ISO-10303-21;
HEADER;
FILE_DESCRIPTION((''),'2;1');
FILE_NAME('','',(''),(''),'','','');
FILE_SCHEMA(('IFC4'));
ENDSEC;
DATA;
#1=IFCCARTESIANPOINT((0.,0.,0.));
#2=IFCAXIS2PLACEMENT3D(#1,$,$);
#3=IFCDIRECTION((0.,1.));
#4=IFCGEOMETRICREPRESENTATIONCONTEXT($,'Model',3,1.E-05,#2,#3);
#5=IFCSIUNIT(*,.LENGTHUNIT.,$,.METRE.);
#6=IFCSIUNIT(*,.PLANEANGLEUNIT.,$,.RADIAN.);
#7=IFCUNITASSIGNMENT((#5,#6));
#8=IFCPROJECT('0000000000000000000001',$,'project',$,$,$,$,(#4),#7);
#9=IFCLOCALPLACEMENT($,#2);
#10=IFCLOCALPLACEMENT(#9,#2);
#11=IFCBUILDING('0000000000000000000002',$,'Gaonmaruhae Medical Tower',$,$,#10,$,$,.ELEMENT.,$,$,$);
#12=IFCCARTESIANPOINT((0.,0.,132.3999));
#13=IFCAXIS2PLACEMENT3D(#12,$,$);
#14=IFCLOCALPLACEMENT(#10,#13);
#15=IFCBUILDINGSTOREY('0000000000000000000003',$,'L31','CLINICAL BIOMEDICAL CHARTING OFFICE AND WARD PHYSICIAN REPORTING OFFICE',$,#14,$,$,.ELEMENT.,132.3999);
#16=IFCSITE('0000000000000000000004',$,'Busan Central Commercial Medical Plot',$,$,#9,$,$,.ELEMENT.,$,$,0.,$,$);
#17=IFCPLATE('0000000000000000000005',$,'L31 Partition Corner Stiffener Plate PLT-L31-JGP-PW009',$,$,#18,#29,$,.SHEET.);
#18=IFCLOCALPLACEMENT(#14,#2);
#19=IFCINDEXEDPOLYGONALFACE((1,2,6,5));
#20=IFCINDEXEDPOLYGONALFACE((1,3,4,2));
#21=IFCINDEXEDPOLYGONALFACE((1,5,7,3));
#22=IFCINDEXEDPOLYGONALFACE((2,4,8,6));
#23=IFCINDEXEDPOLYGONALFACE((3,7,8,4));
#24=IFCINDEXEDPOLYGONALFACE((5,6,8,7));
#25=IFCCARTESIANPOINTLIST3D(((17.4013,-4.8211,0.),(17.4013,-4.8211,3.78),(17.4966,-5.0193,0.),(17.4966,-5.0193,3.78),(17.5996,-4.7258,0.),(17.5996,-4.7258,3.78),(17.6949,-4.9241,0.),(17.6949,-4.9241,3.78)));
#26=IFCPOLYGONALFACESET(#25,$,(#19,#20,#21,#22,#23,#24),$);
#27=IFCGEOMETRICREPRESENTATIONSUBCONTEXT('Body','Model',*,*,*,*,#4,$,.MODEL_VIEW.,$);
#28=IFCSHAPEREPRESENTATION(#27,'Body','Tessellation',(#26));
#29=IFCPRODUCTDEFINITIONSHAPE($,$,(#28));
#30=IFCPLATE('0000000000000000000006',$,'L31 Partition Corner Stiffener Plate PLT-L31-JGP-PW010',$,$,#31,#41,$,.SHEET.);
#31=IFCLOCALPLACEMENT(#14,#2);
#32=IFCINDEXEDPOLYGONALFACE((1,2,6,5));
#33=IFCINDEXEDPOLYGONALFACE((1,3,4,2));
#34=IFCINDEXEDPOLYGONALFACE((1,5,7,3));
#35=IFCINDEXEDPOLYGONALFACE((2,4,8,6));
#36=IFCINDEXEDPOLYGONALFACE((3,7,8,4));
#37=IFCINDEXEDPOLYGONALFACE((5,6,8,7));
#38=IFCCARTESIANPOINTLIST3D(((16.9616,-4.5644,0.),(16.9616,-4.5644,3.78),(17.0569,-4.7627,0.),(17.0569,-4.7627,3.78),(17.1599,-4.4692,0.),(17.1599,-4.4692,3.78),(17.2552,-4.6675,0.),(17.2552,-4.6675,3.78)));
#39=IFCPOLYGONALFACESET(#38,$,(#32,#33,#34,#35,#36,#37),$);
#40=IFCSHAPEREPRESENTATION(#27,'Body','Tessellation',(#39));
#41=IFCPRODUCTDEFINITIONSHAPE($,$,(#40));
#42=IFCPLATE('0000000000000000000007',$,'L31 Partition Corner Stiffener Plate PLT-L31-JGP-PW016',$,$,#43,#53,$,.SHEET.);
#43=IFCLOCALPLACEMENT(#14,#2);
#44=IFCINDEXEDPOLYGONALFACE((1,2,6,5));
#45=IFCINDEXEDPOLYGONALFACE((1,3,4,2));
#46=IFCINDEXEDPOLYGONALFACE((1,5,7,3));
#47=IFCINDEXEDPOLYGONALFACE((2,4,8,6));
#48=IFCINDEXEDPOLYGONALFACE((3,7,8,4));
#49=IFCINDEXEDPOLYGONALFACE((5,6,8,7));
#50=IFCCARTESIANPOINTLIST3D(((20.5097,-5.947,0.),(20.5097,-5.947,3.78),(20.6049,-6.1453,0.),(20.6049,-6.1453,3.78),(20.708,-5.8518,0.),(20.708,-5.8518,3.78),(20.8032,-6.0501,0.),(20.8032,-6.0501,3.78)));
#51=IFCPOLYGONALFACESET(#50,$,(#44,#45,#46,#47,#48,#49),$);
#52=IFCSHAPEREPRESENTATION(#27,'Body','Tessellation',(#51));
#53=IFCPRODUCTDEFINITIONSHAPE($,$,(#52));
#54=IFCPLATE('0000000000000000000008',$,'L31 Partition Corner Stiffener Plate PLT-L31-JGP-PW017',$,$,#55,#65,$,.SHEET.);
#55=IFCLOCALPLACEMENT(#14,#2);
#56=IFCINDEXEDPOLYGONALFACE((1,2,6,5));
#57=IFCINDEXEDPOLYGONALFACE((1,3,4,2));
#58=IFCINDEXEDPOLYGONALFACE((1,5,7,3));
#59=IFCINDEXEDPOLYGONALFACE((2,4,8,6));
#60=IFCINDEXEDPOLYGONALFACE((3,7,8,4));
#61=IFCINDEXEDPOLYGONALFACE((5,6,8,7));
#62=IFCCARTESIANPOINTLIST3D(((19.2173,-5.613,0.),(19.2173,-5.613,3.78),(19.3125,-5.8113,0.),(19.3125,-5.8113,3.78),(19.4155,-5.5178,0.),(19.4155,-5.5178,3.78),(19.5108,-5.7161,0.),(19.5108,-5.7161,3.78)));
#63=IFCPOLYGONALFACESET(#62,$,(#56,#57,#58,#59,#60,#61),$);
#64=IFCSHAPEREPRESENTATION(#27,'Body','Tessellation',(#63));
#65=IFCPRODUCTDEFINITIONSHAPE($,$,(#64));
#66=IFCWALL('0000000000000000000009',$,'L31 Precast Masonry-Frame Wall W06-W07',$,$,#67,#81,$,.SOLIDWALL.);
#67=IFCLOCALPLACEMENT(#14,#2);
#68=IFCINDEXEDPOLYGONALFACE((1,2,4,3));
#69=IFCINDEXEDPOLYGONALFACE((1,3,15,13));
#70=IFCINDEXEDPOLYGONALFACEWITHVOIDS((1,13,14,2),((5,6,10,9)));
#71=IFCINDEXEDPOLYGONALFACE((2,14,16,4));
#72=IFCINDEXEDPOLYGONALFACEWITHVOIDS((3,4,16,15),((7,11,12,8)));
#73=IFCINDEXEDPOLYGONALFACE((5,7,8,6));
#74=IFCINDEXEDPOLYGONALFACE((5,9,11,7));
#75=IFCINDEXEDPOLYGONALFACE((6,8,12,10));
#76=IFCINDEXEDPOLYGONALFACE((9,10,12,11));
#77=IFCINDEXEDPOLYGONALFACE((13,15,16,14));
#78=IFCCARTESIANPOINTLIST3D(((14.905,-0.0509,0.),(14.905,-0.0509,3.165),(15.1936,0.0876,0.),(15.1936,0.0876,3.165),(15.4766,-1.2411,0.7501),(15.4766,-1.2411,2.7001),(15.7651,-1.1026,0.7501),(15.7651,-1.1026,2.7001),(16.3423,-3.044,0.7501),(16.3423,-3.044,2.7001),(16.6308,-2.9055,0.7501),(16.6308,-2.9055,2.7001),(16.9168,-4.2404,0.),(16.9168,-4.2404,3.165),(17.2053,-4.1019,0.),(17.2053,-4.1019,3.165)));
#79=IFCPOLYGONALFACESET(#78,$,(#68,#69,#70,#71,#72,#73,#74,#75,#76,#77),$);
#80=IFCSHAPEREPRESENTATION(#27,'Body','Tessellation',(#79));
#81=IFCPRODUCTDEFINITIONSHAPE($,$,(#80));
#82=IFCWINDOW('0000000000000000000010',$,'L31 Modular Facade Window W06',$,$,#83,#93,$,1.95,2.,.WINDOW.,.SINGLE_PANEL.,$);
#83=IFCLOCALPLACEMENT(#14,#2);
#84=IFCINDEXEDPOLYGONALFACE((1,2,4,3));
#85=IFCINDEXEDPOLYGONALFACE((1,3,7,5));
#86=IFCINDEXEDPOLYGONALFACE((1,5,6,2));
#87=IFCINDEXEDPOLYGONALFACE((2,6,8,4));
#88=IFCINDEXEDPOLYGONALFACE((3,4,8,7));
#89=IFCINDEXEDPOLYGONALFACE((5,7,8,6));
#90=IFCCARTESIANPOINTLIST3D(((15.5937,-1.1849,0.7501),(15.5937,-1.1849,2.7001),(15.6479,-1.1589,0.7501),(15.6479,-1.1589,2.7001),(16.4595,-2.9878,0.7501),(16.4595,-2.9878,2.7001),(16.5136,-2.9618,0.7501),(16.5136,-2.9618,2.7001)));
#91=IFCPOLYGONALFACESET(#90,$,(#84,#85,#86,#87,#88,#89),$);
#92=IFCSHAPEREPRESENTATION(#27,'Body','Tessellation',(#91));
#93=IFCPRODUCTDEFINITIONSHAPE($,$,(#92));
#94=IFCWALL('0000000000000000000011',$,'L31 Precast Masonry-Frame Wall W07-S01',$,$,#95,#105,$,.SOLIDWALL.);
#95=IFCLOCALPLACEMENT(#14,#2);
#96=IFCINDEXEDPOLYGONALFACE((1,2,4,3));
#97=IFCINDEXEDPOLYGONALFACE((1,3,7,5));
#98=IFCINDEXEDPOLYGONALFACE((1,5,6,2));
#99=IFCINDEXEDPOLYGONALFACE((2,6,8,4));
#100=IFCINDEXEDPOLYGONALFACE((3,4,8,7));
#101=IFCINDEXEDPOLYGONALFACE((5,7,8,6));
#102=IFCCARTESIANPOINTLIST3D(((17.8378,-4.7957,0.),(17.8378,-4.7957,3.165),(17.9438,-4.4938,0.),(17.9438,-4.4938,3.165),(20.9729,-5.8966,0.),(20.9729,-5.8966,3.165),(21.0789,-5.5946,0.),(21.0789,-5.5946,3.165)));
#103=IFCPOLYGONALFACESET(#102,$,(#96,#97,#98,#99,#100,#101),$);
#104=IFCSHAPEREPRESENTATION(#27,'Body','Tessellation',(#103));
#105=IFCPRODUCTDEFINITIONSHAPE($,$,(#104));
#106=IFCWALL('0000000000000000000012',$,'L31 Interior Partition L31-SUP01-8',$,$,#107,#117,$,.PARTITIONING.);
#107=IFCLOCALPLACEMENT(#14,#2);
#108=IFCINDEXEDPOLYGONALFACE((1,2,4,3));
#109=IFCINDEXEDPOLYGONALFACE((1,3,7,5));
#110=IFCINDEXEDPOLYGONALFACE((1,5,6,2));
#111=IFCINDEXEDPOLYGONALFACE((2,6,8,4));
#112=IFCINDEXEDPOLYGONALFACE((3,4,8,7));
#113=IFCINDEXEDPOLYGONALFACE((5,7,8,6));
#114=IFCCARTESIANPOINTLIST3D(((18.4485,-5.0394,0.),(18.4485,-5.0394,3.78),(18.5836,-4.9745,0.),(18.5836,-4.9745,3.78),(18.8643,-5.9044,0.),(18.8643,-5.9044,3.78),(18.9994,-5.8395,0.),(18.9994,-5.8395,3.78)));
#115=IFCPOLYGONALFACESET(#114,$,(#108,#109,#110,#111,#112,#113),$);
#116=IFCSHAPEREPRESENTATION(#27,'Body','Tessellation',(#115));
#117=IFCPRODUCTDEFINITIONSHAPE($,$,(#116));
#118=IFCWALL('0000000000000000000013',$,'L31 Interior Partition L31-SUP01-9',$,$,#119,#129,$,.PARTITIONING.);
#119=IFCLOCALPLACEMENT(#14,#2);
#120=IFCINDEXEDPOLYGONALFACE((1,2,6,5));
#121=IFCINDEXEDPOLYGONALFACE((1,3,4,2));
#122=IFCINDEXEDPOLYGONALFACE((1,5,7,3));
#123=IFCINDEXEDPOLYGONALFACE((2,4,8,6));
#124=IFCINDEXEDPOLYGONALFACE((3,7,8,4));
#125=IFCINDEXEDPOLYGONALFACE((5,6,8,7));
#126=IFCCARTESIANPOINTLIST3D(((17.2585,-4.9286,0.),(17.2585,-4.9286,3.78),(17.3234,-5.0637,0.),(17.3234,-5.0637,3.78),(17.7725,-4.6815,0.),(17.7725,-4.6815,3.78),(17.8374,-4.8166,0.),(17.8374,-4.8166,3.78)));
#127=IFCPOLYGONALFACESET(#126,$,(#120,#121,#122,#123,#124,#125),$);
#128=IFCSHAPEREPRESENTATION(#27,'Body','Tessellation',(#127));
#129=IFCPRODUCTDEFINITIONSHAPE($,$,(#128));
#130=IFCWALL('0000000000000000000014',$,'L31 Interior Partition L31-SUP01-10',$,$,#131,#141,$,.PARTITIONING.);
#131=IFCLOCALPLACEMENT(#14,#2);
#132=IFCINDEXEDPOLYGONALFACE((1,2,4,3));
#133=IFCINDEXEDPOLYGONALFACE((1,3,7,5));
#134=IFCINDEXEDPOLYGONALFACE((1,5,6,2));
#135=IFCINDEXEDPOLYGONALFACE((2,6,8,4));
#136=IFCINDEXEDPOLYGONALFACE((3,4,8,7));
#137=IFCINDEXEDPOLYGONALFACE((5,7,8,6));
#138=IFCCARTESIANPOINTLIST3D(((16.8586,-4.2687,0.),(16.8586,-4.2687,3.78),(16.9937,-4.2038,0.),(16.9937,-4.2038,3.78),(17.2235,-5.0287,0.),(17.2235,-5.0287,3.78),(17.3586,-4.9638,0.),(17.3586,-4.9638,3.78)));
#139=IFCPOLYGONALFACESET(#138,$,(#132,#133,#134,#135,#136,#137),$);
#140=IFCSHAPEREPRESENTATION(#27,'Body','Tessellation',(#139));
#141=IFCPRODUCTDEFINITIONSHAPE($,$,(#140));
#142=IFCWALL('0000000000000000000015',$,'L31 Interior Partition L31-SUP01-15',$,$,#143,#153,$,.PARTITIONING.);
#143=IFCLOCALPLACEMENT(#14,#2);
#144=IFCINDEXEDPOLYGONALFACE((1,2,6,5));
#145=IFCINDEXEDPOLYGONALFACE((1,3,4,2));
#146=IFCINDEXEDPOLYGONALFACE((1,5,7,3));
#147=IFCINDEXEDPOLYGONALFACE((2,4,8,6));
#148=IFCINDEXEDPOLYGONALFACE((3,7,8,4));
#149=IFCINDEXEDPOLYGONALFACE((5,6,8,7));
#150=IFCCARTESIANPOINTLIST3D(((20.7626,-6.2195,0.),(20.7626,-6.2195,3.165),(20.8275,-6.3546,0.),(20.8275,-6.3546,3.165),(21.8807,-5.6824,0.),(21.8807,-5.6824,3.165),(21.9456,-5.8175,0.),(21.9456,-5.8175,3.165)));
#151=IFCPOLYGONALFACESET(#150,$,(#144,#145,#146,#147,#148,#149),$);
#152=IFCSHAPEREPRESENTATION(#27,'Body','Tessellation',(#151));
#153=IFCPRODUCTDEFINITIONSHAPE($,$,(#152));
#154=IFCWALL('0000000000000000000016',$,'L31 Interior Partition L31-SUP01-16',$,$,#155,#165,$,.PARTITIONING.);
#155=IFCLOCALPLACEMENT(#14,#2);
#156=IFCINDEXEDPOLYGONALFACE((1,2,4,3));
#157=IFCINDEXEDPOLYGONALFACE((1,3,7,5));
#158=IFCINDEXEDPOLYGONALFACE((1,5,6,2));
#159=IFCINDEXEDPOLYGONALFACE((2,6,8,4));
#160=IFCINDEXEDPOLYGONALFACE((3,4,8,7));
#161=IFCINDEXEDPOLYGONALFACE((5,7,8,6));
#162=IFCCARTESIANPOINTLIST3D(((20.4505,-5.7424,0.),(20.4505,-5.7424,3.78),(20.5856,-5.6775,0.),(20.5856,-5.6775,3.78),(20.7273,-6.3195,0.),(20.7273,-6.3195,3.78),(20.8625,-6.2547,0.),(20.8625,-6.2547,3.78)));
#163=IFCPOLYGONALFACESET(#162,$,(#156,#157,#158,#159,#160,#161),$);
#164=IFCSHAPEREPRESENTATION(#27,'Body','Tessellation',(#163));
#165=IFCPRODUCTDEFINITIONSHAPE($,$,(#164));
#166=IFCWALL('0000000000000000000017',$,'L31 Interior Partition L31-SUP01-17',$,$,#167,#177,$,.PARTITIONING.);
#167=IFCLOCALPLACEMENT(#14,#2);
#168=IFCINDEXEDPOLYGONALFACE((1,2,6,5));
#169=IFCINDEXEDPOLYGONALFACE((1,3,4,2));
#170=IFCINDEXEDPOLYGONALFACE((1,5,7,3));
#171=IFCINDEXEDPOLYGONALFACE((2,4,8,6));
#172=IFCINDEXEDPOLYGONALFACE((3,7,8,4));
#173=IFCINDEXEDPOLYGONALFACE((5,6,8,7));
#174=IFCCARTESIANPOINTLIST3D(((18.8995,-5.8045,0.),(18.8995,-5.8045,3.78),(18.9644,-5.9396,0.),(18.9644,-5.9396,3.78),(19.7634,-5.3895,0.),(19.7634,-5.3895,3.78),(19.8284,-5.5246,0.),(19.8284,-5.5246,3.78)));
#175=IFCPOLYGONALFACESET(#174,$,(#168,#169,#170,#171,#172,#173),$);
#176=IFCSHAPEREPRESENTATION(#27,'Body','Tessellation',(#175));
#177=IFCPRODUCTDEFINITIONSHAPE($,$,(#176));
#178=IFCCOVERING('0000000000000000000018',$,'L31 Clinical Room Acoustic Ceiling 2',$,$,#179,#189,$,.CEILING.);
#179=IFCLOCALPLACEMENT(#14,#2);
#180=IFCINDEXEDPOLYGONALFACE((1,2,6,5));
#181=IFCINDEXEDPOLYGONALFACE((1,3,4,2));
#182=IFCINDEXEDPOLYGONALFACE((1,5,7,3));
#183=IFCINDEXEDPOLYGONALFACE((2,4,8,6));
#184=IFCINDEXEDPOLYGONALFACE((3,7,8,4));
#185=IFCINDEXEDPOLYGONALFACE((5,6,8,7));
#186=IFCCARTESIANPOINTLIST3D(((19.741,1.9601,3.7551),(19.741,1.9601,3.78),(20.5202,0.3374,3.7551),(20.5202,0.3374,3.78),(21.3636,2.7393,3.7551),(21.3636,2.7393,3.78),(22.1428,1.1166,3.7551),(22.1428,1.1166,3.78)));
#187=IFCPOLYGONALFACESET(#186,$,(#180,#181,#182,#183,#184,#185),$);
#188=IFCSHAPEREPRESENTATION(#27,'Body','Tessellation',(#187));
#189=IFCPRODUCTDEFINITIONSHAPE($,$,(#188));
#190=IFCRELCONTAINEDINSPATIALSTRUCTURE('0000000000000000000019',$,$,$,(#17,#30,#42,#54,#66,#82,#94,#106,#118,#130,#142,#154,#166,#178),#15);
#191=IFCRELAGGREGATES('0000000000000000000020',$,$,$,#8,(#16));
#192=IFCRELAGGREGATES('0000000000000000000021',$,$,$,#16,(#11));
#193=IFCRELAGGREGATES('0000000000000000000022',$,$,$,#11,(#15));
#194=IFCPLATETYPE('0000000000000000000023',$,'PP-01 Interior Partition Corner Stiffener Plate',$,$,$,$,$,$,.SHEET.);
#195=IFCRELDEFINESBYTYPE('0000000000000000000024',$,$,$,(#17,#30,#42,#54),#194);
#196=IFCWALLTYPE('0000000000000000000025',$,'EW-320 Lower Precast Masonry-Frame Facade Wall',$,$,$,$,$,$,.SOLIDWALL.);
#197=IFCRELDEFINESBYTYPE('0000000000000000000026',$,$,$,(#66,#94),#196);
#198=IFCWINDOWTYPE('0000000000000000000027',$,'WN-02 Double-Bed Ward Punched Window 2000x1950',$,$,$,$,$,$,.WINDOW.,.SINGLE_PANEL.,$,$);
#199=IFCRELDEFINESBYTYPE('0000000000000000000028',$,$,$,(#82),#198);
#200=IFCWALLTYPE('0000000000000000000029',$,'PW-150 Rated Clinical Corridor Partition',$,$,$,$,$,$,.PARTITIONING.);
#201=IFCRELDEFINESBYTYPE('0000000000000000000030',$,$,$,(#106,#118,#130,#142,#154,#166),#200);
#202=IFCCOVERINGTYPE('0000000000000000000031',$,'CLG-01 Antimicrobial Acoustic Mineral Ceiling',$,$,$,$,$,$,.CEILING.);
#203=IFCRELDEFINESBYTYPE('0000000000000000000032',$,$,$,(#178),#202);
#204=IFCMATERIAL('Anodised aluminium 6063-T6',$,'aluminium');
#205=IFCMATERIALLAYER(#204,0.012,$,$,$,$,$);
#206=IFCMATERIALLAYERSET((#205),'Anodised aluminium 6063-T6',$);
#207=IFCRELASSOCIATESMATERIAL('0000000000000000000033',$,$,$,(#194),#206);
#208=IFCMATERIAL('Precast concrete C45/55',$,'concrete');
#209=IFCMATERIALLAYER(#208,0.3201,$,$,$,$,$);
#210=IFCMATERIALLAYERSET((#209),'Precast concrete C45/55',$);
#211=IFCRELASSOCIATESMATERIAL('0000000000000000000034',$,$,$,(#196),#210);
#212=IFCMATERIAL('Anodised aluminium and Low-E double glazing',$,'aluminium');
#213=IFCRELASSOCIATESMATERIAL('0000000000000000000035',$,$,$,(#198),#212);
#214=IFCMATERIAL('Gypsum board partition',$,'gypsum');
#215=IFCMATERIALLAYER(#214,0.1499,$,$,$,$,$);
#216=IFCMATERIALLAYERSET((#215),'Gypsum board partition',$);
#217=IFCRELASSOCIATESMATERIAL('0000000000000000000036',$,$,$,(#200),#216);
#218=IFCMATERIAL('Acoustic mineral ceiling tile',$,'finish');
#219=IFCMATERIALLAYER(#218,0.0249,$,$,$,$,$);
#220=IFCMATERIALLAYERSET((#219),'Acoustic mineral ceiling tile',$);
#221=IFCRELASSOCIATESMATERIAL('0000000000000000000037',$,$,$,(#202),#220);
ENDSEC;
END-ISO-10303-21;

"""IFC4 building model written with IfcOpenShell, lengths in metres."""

from ifc_helpers import new_model, si_unit, direction, frame, frame_2d, origin, origin_2d, place, context, subcontext, project, spatial, rectangle, extrude, material, layer, layer_set, type_object, element, fill, save


model = new_model("IFC4")

# Units and contexts
model_context = context("Model", 3, precision=1e-05, world=origin(), true_north=direction((0.0, 1.0)))
body_context = subcontext(model_context, "Body", "Model", "MODEL_VIEW")
ifc_project = project(units=[si_unit("LENGTHUNIT", "METRE"), si_unit("PLANEANGLEUNIT", "RADIAN")], contexts=[model_context])

# Site, building, storey
site_placement = place(None, origin())
site = spatial("IfcSite", under=ifc_project, at=site_placement, Name="Busan Central Commercial Medical Plot", CompositionType="ELEMENT", RefElevation=0.0)
building_placement = place(site_placement, origin())
building = spatial("IfcBuilding", under=site, at=building_placement, Name="Gaonmaruhae Medical Tower", CompositionType="ELEMENT")
storey_placement = place(building_placement, frame((0.0, 0.0, 132.3999)))
storey = spatial("IfcBuildingStorey", under=building, at=storey_placement, Name="L31", Description="CLINICAL BIOMEDICAL CHARTING OFFICE AND WARD PHYSICIAN REPORTING OFFICE", CompositionType="ELEMENT", Elevation=132.3999)

# Plates
ifc_material_1 = material(Name="Anodised aluminium 6063-T6", Category="aluminium")
ifc_layer_1 = layer(ifc_material_1, 0.012)
ifc_layer_set_1 = layer_set([ifc_layer_1], Name="Anodised aluminium 6063-T6")
plate_type = type_object("IfcPlateType", Name="PP-01 Interior Partition Corner Stiffener Plate", PredefinedType="SHEET", material=ifc_layer_set_1)
for number, where, z_axis, x_axis, name in (
    (1, (17.5481, -4.8726, 0.0), (0.0, 0.0, 1.0), (-0.901334, -0.433124, 0.0), "L31 Partition Corner Stiffener Plate PLT-L31-JGP-PW009"),
    (2, (17.1084, -4.616, 0.0), (0.0, 0.0, 1.0), (-0.43292, 0.901432, 0.0), "L31 Partition Corner Stiffener Plate PLT-L31-JGP-PW010"),
    (3, (20.6565, -5.9985, 0.0), (0.0, 0.0, 1.0), (-0.432778, 0.9015, 0.0), "L31 Partition Corner Stiffener Plate PLT-L31-JGP-PW016"),
    (4, (19.364, -5.6646, 0.0), (0.0, 0.0, 1.0), (-0.90141, -0.432967, 0.0), "L31 Partition Corner Stiffener Plate PLT-L31-JGP-PW017"),
):
    element("IfcPlate", number, at=place(storey_placement, frame(where, z_axis=z_axis, x_axis=x_axis)), inside=storey, type_object=plate_type, Name=name, PredefinedType="SHEET", context=body_context, shape_type="SweptSolid", body=[
        extrude(rectangle(XDim=0.22, YDim=0.22, at=origin_2d()), origin(), (0.0, 0.0, 1.0), 3.78),
    ])

# Wall, opening, window
ifc_material_2 = material(Name="Precast concrete C45/55", Category="concrete")
ifc_layer_2 = layer(ifc_material_2, 0.3201)
ifc_layer_set_2 = layer_set([ifc_layer_2], Name="Precast concrete C45/55")
wall_type_1 = type_object("IfcWallType", Name="EW-320 Lower Precast Masonry-Frame Facade Wall", PredefinedType="SOLIDWALL", material=ifc_layer_set_2)
wall_1_placement = place(storey_placement, frame((17.061, -4.1711, 0.0), z_axis=(0.0, 0.0, 1.0), x_axis=(-0.432868, 0.901457, 0.0)))
wall_1 = element("IfcWall", 5, at=wall_1_placement, inside=storey, type_object=wall_type_1, Name="L31 Precast Masonry-Frame Wall W06-W07", PredefinedType="SOLIDWALL", context=body_context, shape_type="SweptSolid", body=[
    extrude(rectangle(XDim=4.6475, YDim=0.3201, at=frame_2d((2.3237, 0.0))), origin(), (0.0, 0.0, 1.0), 3.165),
])
opening_placement = place(wall_1_placement, frame((1.3271, 0.0, 0.75)))
opening = element("IfcOpeningElement", 6, at=opening_placement, cuts=wall_1, PredefinedType="OPENING", context=body_context, shape_type="SweptSolid", body=[
    extrude(rectangle(XDim=2.0, YDim=1.95, at=frame_2d((1.0, 0.9751))), frame((0.0, 0.1699, 0.0), z_axis=(0.0, -1.0, 0.0), x_axis=(1.0, 0.0, 0.0)), (0.0, 0.0, 1.0), 0.3401),
])
ifc_material_3 = material(Name="Anodised aluminium and Low-E double glazing", Category="aluminium")
window_type = type_object("IfcWindowType", Name="WN-02 Double-Bed Ward Punched Window 2000x1950", PartitioningType="SINGLE_PANEL", PredefinedType="WINDOW", material=ifc_material_3)
window_placement = place(opening_placement, origin())
window = element("IfcWindow", 7, at=window_placement, inside=storey, type_object=window_type, Name="L31 Modular Facade Window W06", OverallHeight=1.95, OverallWidth=2.0, PartitioningType="SINGLE_PANEL", PredefinedType="WINDOW", context=body_context, shape_type="SweptSolid", body=[
    extrude(rectangle(XDim=2.0, YDim=1.95, at=frame_2d((1.0, 0.9751))), frame((0.0, 0.03, 0.0), z_axis=(0.0, -1.0, 0.0), x_axis=(1.0, 0.0, 0.0)), (0.0, 0.0, 1.0), 0.0601),
])
fill(opening, window)

# Walls
wall_2_placement = place(storey_placement, frame((21.0259, -5.7456, 0.0), z_axis=(0.0, 0.0, 1.0), x_axis=(-0.943522, 0.331309, 0.0)))
element("IfcWall", 8, at=wall_2_placement, inside=storey, type_object=wall_type_1, Name="L31 Precast Masonry-Frame Wall W07-S01", PredefinedType="SOLIDWALL", context=body_context, shape_type="SweptSolid", body=[
    extrude(rectangle(XDim=3.3228, YDim=0.3201, at=frame_2d((1.6614, 0.0))), origin(), (0.0, 0.0, 1.0), 3.165),
])
ifc_material_4 = material(Name="Gypsum board partition", Category="gypsum")
ifc_layer_3 = layer(ifc_material_4, 0.1499)
ifc_layer_set_3 = layer_set([ifc_layer_3], Name="Gypsum board partition")
wall_type_2 = type_object("IfcWallType", Name="PW-150 Rated Clinical Corridor Partition", PredefinedType="PARTITIONING", material=ifc_layer_set_3)
wall_3_placement = place(storey_placement, frame((18.9319, -5.8721, 0.0), z_axis=(0.0, 0.0, 1.0), x_axis=(-0.433219, 0.901289, 0.0)))
element("IfcWall", 9, at=wall_3_placement, inside=storey, type_object=wall_type_2, Name="L31 Interior Partition L31-SUP01-8", PredefinedType="PARTITIONING", context=body_context, shape_type="SweptSolid", body=[
    extrude(rectangle(XDim=0.9597, YDim=0.1499, at=frame_2d((0.48, 0.0))), origin(), (0.0, 0.0, 1.0), 3.78),
])
wall_4_placement = place(storey_placement, frame((17.8049, -4.749, 0.0), z_axis=(0.0, 0.0, 1.0), x_axis=(-0.901256, -0.433288, 0.0)))
element("IfcWall", 10, at=wall_4_placement, inside=storey, type_object=wall_type_2, Name="L31 Interior Partition L31-SUP01-9", PredefinedType="PARTITIONING", context=body_context, shape_type="SweptSolid", body=[
    extrude(rectangle(XDim=0.5703, YDim=0.1499, at=frame_2d((0.2852, 0.0))), origin(), (0.0, 0.0, 1.0), 3.78),
])
wall_5_placement = place(storey_placement, frame((17.291, -4.9961, 0.0), z_axis=(0.0, 0.0, 1.0), x_axis=(-0.43291, 0.901437, 0.0)))
element("IfcWall", 11, at=wall_5_placement, inside=storey, type_object=wall_type_2, Name="L31 Interior Partition L31-SUP01-10", PredefinedType="PARTITIONING", context=body_context, shape_type="SweptSolid", body=[
    extrude(rectangle(XDim=0.843, YDim=0.1499, at=frame_2d((0.4214, 0.0))), origin(), (0.0, 0.0, 1.0), 3.78),
])
wall_6_placement = place(storey_placement, frame((21.9131, -5.75, 0.0), z_axis=(0.0, 0.0, 1.0), x_axis=(-0.9014, -0.432987, 0.0)))
element("IfcWall", 12, at=wall_6_placement, inside=storey, type_object=wall_type_2, Name="L31 Interior Partition L31-SUP01-15", PredefinedType="PARTITIONING", context=body_context, shape_type="SweptSolid", body=[
    extrude(rectangle(XDim=1.2405, YDim=0.1499, at=frame_2d((0.6201, 0.0))), origin(), (0.0, 0.0, 1.0), 3.165),
])
wall_7_placement = place(storey_placement, frame((20.7949, -6.2871, 0.0), z_axis=(0.0, 0.0, 1.0), x_axis=(-0.432508, 0.90163, 0.0)))
element("IfcWall", 13, at=wall_7_placement, inside=storey, type_object=wall_type_2, Name="L31 Interior Partition L31-SUP01-16", PredefinedType="PARTITIONING", context=body_context, shape_type="SweptSolid", body=[
    extrude(rectangle(XDim=0.6401, YDim=0.1499, at=frame_2d((0.3201, 0.0))), origin(), (0.0, 0.0, 1.0), 3.78),
])
wall_8_placement = place(storey_placement, frame((19.7959, -5.457, 0.0), z_axis=(0.0, 0.0, 1.0), x_axis=(-0.901396, -0.432996, 0.0)))
element("IfcWall", 14, at=wall_8_placement, inside=storey, type_object=wall_type_2, Name="L31 Interior Partition L31-SUP01-17", PredefinedType="PARTITIONING", context=body_context, shape_type="SweptSolid", body=[
    extrude(rectangle(XDim=0.9585, YDim=0.1499, at=frame_2d((0.4792, 0.0))), origin(), (0.0, 0.0, 1.0), 3.78),
])

# Covering
ifc_material_5 = material(Name="Acoustic mineral ceiling tile", Category="finish")
ifc_layer_4 = layer(ifc_material_5, 0.0249)
ifc_layer_set_4 = layer_set([ifc_layer_4], Name="Acoustic mineral ceiling tile")
covering_type_1 = type_object("IfcCoveringType", Name="CLG-01 Antimicrobial Acoustic Mineral Ceiling", PredefinedType="CEILING", material=ifc_layer_set_4)
covering_1_placement = place(storey_placement, frame((20.9419, 1.5383, 3.7551), z_axis=(0.0, 0.0, 1.0), x_axis=(0.901455, 0.432873, 0.0)))
element("IfcCovering", 15, at=covering_1_placement, inside=storey, type_object=covering_type_1, Name="L31 Clinical Room Acoustic Ceiling 2", PredefinedType="CEILING", context=body_context, shape_type="SweptSolid", body=[
    extrude(rectangle(XDim=1.8, YDim=1.8, at=origin_2d()), origin(), (0.0, 0.0, 1.0), 0.0249),
])

save(model, "model.ifc")
